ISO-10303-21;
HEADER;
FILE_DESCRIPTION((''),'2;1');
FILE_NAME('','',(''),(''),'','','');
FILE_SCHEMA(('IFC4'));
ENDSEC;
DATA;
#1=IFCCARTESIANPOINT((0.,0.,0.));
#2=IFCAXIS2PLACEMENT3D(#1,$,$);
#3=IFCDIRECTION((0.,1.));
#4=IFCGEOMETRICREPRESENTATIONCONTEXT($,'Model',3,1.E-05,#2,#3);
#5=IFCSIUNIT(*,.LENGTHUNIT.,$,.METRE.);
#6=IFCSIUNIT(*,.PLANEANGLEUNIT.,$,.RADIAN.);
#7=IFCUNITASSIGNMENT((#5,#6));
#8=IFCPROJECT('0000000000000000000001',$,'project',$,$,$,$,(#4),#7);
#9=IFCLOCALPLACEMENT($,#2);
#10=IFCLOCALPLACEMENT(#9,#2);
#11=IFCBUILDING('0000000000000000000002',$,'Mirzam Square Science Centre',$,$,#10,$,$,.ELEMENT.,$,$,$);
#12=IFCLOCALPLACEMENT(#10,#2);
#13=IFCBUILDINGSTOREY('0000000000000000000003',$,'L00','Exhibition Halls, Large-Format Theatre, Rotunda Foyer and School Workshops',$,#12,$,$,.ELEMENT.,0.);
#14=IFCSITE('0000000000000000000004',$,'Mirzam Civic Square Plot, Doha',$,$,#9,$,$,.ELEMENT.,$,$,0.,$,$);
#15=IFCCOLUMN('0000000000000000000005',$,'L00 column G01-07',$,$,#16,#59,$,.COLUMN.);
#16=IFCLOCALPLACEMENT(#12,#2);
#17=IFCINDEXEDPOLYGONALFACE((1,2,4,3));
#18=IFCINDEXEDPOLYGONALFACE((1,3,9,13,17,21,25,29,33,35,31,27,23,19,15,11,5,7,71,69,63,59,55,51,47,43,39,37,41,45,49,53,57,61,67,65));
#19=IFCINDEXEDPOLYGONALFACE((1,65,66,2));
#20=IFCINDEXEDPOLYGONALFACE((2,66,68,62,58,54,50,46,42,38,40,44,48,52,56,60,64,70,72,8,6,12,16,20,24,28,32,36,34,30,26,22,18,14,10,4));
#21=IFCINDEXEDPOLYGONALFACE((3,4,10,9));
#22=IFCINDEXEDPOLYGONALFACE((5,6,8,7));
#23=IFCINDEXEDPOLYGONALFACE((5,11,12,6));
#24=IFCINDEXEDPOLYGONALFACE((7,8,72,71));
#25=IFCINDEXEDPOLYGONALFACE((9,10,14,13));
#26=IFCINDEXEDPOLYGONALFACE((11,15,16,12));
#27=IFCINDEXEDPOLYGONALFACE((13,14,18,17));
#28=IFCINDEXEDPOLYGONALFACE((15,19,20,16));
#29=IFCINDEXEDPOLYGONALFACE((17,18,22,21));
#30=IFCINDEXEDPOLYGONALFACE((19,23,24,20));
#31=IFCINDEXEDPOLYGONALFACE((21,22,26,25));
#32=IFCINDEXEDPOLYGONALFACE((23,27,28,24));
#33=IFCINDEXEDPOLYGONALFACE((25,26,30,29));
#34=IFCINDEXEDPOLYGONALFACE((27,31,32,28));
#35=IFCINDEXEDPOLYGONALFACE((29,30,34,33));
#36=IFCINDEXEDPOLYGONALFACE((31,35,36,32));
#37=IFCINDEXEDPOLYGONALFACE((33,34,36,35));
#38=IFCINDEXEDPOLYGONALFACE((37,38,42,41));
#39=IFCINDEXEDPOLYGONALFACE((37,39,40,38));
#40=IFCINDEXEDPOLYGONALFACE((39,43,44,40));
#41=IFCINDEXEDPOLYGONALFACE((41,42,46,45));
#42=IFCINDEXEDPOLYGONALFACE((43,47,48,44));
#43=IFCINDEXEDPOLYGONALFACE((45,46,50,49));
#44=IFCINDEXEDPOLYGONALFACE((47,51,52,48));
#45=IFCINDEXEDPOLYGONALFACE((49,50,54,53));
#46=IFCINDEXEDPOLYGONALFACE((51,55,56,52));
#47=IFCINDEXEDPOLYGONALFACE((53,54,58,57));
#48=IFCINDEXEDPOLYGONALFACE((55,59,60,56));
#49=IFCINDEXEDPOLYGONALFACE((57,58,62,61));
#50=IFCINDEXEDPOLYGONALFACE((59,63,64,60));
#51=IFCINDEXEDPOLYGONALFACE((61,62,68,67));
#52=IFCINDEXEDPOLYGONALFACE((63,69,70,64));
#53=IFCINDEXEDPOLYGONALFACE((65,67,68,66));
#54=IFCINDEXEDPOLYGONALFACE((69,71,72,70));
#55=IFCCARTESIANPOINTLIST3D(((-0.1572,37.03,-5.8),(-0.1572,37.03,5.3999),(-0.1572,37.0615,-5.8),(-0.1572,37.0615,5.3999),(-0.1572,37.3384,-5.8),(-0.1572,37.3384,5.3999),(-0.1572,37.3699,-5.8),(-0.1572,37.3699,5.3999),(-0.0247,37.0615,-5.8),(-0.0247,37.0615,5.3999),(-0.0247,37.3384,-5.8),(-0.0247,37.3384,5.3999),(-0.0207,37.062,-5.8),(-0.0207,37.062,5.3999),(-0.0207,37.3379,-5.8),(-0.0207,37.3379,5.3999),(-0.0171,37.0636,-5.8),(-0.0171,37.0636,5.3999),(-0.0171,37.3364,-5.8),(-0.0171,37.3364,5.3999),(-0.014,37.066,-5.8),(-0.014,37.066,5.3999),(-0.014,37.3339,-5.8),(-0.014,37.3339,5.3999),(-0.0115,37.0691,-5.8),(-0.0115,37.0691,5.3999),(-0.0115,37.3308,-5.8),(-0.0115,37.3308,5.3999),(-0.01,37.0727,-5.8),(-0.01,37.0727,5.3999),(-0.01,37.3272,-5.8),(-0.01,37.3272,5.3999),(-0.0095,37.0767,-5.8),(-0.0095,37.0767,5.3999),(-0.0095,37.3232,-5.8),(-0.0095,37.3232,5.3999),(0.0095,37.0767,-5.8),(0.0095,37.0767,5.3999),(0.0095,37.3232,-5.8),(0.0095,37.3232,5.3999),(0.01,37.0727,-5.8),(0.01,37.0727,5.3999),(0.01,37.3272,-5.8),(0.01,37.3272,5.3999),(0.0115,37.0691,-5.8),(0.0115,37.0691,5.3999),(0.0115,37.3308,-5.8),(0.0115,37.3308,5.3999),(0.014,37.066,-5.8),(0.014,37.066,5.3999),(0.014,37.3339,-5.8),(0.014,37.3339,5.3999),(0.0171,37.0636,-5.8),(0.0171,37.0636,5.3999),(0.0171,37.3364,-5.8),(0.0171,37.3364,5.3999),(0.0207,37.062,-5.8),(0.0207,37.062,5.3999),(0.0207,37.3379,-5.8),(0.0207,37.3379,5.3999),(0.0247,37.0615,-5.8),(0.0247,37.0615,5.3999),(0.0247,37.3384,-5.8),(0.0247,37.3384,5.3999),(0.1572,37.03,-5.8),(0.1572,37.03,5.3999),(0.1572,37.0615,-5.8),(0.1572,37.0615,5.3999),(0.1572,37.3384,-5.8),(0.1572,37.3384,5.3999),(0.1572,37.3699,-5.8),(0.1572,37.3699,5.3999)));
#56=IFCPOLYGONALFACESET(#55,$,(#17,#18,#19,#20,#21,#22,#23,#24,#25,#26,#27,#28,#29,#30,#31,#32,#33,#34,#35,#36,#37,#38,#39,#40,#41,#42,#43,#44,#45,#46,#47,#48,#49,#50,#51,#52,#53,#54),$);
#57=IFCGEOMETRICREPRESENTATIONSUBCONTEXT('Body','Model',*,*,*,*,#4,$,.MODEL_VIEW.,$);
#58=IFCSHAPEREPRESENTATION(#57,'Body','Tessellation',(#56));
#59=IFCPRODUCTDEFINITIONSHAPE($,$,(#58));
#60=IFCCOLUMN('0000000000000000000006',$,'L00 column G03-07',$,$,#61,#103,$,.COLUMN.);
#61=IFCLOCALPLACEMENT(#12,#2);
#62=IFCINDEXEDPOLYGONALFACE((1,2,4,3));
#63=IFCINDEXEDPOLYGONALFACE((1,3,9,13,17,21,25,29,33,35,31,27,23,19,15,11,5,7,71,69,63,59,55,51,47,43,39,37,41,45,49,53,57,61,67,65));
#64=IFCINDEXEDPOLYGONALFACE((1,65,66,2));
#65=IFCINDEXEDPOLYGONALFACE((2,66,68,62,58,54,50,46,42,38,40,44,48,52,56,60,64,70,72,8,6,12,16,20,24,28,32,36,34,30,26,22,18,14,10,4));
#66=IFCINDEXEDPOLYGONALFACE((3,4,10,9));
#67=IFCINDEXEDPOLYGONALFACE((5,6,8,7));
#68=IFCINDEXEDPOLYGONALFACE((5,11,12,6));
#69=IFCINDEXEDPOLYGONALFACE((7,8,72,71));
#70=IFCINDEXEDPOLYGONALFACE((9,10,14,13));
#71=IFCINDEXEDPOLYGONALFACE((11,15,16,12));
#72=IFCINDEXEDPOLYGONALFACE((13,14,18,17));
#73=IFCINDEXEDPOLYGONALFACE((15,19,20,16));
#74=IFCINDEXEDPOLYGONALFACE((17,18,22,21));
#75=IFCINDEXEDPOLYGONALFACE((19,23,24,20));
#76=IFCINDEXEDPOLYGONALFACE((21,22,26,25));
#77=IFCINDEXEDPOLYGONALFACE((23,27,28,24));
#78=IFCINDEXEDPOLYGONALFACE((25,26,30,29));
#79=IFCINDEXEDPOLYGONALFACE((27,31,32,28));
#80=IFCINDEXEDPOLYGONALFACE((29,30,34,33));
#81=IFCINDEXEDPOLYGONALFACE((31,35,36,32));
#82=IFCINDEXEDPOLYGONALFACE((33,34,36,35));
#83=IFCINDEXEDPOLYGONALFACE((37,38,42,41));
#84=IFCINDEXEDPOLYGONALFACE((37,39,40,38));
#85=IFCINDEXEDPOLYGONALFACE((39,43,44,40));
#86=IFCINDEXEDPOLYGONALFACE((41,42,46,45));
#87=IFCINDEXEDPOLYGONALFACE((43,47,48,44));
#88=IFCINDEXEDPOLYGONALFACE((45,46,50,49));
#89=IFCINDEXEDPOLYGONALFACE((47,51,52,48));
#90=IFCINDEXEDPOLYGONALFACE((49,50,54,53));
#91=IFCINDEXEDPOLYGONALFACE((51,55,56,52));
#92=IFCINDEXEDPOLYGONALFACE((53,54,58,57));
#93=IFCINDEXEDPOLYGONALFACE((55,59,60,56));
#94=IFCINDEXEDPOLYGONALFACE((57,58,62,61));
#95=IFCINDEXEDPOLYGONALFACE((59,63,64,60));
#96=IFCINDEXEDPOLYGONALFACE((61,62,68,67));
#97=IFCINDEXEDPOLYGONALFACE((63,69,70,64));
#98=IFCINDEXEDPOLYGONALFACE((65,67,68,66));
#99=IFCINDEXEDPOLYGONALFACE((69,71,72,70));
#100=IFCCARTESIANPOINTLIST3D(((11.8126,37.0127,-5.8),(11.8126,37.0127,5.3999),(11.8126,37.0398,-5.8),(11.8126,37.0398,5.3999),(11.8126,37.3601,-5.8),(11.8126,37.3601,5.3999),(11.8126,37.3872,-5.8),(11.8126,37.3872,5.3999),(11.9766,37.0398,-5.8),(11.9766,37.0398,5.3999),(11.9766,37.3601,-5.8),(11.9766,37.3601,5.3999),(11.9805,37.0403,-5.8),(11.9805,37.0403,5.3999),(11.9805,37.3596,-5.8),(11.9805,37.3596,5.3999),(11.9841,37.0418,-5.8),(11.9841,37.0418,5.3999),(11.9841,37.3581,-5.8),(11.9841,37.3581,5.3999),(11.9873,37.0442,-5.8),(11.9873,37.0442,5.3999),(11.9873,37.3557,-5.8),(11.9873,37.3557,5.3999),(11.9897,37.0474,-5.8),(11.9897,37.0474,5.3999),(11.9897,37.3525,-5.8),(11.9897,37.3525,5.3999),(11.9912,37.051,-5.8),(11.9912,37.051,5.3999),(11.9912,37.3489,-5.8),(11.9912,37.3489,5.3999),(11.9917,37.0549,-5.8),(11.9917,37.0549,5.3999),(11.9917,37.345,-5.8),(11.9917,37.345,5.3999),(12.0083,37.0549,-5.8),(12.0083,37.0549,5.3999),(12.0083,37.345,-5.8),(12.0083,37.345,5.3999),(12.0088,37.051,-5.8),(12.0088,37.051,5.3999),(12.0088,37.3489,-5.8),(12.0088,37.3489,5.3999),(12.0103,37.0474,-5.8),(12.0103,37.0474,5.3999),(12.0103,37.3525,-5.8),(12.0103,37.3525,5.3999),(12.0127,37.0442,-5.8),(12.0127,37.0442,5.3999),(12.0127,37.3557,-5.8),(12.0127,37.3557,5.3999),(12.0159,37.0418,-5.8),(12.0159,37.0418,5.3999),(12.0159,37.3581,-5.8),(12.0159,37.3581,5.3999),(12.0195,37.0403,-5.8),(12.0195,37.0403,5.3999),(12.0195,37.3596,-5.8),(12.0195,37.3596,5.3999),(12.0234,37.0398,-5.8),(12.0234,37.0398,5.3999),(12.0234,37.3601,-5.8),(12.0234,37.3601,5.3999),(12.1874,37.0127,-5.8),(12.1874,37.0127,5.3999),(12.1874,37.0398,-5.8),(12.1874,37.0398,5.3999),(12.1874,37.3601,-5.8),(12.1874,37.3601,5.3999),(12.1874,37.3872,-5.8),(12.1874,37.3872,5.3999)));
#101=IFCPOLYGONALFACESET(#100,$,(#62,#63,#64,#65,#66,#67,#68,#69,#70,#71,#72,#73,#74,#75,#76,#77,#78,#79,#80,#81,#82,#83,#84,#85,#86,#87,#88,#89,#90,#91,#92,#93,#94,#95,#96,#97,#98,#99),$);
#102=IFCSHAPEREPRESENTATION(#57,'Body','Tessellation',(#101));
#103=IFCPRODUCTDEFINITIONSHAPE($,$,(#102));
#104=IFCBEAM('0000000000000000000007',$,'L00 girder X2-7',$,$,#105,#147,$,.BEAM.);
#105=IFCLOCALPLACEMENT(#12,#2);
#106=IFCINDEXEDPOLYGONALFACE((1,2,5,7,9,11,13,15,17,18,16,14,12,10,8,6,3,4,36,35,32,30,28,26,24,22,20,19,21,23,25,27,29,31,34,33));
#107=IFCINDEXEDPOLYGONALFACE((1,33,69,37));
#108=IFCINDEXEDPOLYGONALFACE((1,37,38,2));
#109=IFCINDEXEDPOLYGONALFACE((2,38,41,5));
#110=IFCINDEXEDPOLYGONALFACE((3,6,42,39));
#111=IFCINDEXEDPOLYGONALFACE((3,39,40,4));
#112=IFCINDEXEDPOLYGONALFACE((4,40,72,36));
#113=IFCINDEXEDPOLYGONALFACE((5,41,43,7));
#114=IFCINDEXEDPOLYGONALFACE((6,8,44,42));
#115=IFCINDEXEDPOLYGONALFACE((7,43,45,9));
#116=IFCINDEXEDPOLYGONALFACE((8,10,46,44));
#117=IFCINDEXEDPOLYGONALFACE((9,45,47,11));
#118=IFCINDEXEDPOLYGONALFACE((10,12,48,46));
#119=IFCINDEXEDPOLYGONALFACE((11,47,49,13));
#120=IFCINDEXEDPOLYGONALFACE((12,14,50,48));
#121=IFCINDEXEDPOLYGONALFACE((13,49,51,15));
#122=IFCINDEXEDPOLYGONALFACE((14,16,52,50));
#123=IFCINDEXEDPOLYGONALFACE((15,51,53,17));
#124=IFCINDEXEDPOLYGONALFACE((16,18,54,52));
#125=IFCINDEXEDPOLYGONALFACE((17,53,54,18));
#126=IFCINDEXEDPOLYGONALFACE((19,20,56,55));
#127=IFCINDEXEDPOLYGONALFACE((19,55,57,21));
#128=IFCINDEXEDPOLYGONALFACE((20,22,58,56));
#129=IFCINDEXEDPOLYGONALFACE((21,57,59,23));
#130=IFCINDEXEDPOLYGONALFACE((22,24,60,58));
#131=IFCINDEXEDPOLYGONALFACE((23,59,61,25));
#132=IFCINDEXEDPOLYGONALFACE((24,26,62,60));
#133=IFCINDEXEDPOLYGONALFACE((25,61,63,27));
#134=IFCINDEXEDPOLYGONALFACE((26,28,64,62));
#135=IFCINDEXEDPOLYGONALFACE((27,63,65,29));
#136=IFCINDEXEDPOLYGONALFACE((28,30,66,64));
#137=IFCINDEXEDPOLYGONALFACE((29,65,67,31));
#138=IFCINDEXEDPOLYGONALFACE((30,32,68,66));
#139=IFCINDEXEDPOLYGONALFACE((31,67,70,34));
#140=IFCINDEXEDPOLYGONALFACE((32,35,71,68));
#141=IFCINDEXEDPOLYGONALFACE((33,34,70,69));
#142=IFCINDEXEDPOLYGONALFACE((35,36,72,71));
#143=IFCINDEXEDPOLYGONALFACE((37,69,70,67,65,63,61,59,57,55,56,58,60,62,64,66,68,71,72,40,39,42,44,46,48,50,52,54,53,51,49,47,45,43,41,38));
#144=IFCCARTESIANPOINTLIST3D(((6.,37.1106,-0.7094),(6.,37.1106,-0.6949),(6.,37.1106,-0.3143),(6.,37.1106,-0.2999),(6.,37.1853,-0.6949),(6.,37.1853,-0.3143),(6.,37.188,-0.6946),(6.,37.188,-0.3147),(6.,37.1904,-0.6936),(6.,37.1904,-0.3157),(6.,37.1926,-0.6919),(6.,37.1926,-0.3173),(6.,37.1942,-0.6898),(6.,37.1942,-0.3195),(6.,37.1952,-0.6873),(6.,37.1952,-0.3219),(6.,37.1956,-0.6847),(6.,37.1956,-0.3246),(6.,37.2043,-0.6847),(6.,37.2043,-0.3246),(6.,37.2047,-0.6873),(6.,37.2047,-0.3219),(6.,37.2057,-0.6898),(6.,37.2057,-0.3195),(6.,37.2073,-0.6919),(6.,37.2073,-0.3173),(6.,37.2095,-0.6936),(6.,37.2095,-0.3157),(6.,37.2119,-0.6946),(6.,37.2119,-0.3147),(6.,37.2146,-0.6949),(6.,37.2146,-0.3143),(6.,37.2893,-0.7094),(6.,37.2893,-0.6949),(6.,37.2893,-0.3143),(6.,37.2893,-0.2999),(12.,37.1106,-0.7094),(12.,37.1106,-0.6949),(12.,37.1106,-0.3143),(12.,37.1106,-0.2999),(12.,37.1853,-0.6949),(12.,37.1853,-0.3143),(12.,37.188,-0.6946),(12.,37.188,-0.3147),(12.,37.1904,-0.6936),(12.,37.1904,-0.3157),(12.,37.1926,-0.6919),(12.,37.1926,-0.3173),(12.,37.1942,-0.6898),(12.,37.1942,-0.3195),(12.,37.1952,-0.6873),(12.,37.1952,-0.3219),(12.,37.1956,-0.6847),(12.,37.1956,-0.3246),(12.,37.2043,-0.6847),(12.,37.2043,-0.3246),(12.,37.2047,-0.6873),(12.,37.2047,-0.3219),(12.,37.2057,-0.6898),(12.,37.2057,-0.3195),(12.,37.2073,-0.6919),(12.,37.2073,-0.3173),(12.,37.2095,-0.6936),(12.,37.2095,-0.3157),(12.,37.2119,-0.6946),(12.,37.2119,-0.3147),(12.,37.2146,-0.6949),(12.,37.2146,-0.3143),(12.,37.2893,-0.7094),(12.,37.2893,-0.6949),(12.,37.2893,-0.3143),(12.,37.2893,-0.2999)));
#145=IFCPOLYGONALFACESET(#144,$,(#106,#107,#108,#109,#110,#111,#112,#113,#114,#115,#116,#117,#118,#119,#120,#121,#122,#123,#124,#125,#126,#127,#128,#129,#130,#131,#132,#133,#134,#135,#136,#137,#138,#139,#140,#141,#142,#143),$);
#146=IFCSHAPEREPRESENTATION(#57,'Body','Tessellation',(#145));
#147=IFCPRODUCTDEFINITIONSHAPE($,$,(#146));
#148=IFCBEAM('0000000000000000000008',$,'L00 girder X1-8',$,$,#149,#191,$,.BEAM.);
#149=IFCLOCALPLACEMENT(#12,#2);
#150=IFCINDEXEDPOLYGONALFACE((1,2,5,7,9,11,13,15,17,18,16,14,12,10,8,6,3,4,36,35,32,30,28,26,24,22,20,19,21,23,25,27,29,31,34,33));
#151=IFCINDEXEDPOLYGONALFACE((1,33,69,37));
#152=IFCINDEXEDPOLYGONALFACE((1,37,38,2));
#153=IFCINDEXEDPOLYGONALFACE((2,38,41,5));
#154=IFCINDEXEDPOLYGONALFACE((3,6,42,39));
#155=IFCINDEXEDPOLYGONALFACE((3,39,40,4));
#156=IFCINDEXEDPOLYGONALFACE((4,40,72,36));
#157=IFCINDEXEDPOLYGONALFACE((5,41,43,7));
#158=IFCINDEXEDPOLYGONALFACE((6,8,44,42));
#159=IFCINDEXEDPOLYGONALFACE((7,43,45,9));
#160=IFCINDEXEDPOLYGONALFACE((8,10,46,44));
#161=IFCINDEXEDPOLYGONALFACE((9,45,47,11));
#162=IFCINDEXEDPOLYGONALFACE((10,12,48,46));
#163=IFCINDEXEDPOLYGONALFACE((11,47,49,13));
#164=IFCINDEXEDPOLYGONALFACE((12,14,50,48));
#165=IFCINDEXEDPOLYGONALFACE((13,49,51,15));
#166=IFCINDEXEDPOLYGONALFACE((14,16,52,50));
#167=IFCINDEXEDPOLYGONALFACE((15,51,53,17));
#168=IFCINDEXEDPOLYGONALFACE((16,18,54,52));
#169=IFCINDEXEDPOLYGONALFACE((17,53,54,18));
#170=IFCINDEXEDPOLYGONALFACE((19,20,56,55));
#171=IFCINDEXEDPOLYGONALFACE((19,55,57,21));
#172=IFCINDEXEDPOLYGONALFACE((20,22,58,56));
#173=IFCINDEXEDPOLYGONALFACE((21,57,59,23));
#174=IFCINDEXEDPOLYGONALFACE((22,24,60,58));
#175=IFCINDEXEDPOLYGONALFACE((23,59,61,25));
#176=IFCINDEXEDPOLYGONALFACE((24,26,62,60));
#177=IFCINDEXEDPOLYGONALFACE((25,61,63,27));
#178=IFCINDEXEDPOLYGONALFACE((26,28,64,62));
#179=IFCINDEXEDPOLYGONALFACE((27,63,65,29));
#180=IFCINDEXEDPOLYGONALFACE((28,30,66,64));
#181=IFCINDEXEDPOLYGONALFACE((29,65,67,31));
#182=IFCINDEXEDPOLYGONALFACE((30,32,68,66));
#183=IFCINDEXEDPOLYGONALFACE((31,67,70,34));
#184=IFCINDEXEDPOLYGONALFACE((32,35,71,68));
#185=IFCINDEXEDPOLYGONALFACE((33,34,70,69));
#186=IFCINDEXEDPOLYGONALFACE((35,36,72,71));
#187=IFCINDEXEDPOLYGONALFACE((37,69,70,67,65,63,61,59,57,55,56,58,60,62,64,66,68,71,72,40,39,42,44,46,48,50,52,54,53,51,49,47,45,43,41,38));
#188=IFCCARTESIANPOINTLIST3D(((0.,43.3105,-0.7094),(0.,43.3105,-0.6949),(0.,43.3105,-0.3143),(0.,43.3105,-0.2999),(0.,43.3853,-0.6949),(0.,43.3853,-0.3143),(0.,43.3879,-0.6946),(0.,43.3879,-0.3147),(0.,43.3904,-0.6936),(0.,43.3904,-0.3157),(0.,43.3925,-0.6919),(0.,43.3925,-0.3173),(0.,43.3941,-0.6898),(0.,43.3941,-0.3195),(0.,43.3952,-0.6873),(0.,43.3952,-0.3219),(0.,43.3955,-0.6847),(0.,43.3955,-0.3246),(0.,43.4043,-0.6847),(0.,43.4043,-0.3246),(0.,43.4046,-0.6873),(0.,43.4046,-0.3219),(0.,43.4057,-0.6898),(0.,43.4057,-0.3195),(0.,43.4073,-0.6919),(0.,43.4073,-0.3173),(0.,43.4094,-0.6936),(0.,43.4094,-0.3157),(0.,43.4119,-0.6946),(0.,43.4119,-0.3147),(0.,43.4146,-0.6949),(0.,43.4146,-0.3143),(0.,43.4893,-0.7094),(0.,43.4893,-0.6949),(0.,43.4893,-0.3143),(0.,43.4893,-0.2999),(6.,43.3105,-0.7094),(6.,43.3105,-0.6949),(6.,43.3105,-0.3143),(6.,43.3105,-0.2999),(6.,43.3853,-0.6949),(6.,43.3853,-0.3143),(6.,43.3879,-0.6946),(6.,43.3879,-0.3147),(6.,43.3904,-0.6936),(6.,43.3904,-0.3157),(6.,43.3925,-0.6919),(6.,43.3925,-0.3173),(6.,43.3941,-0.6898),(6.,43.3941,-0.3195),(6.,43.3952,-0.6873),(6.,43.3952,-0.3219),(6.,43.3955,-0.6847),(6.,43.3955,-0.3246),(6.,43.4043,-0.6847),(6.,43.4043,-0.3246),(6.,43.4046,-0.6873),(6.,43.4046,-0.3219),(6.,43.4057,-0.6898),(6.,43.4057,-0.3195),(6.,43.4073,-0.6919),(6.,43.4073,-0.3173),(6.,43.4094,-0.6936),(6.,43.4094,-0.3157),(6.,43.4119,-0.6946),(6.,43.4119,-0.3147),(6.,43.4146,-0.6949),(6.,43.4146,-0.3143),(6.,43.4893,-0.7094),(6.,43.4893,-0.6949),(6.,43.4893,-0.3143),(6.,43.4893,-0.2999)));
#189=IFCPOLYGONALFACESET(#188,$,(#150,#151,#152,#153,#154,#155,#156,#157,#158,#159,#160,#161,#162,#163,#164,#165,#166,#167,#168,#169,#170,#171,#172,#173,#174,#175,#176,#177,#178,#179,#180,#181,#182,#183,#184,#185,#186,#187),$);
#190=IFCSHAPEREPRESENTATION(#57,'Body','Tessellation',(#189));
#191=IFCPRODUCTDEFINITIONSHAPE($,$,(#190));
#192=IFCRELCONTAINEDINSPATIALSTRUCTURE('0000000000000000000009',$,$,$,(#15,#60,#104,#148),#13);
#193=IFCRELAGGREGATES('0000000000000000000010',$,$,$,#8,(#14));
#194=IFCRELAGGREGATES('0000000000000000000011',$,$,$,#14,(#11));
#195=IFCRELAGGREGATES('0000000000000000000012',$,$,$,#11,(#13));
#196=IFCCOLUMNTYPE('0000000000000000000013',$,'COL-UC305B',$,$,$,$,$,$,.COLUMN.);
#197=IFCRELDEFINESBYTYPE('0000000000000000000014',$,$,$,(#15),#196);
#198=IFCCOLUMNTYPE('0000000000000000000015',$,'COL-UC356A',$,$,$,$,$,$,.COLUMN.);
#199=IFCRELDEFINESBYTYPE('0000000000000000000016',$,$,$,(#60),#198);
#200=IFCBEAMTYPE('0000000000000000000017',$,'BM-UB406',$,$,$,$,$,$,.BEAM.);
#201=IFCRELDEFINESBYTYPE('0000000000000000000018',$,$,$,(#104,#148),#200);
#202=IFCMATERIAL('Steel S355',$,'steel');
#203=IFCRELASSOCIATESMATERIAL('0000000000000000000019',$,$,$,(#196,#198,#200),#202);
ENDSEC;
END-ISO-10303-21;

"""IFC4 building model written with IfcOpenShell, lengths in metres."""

from ifc_helpers import new_model, si_unit, direction, frame, origin, origin_2d, place, context, subcontext, project, spatial, i_section, extrude, material, material_profile, profile_set, type_object, element, save


model = new_model("IFC4")

# Units and contexts
model_context = context("Model", 3, precision=1e-05, world=origin(), true_north=direction((0.0, 1.0)))
body_context = subcontext(model_context, "Body", "Model", "MODEL_VIEW")
ifc_project = project(units=[si_unit("LENGTHUNIT", "METRE"), si_unit("PLANEANGLEUNIT", "RADIAN")], contexts=[model_context])

# Site, building, storey
site_placement = place(None, origin())
site = spatial("IfcSite", under=ifc_project, at=site_placement, Name="Mirzam Civic Square Plot, Doha", CompositionType="ELEMENT", RefElevation=0.0)
building_placement = place(site_placement, origin())
building = spatial("IfcBuilding", under=site, at=building_placement, Name="Mirzam Square Science Centre", CompositionType="ELEMENT")
storey_placement = place(building_placement, origin())
storey = spatial("IfcBuildingStorey", under=building, at=storey_placement, Name="L00", Description="Exhibition Halls, Large-Format Theatre, Rotunda Foyer and School Workshops", CompositionType="ELEMENT", Elevation=0.0)

# Columns
ifc_material_1 = material(Name="Steel S355", Category="steel")
ifc_material_profile_1 = material_profile(ifc_material_1, i_section(OverallWidth=0.3145, OverallDepth=0.3398, WebThickness=0.019, FlangeThickness=0.0315, FilletRadius=0.0151, at=origin_2d()), Name="305x305x198UC")
ifc_profile_set_1 = profile_set([ifc_material_profile_1], Name="Steel S355")
column_type_1 = type_object("IfcColumnType", Name="COL-UC305B", PredefinedType="COLUMN", material=ifc_profile_set_1)
column_1_placement = place(storey_placement, frame((0.0, 37.2, -5.8), z_axis=(0.0, 0.0, 1.0), x_axis=(1.0, 0.0, 0.0)))
element("IfcColumn", 1, at=column_1_placement, inside=storey, type_object=column_type_1, Name="L00 column G01-07", PredefinedType="COLUMN", context=body_context, shape_type="SweptSolid", body=[
    extrude(i_section(OverallWidth=0.3145, OverallDepth=0.3398, WebThickness=0.019, FlangeThickness=0.0315, FilletRadius=0.0151, at=origin_2d()), origin(), (0.0, 0.0, 1.0), 11.2),
])
ifc_material_profile_2 = material_profile(ifc_material_1, i_section(OverallWidth=0.3748, OverallDepth=0.3745, WebThickness=0.0166, FlangeThickness=0.0271, FilletRadius=0.0151, at=origin_2d()), Name="356x368x202UC")
ifc_profile_set_2 = profile_set([ifc_material_profile_2], Name="Steel S355")
column_type_2 = type_object("IfcColumnType", Name="COL-UC356A", PredefinedType="COLUMN", material=ifc_profile_set_2)
column_2_placement = place(storey_placement, frame((12.0, 37.2, -5.8), z_axis=(0.0, 0.0, 1.0), x_axis=(1.0, 0.0, 0.0)))
element("IfcColumn", 2, at=column_2_placement, inside=storey, type_object=column_type_2, Name="L00 column G03-07", PredefinedType="COLUMN", context=body_context, shape_type="SweptSolid", body=[
    extrude(i_section(OverallWidth=0.3748, OverallDepth=0.3745, WebThickness=0.0166, FlangeThickness=0.0271, FilletRadius=0.0151, at=origin_2d()), origin(), (0.0, 0.0, 1.0), 11.2),
])

# Beams
ifc_material_profile_3 = material_profile(ifc_material_1, i_section(OverallWidth=0.1787, OverallDepth=0.4094, WebThickness=0.0088, FlangeThickness=0.0144, FilletRadius=0.0103, at=origin_2d()), Name="406x178x67UB")
ifc_profile_set_3 = profile_set([ifc_material_profile_3], Name="Steel S355")
beam_type_1 = type_object("IfcBeamType", Name="BM-UB406", PredefinedType="BEAM", material=ifc_profile_set_3)
for number, where, z_axis, x_axis, name in (
    (3, (6.0, 37.2, -0.5046), (1.0, 0.0, 0.0), (0.0, 1.0, 0.0), "L00 girder X2-7"),
    (4, (0.0, 43.3999, -0.5046), (1.0, 0.0, 0.0), (0.0, 1.0, 0.0), "L00 girder X1-8"),
):
    element("IfcBeam", number, at=place(storey_placement, frame(where, z_axis=z_axis, x_axis=x_axis)), inside=storey, type_object=beam_type_1, Name=name, PredefinedType="BEAM", context=body_context, shape_type="SweptSolid", body=[
        extrude(i_section(OverallWidth=0.1787, OverallDepth=0.4094, WebThickness=0.0088, FlangeThickness=0.0144, FilletRadius=0.0103, at=origin_2d()), origin(), (0.0, 0.0, 1.0), 6.0),
    ])

save(model, "model.ifc")
